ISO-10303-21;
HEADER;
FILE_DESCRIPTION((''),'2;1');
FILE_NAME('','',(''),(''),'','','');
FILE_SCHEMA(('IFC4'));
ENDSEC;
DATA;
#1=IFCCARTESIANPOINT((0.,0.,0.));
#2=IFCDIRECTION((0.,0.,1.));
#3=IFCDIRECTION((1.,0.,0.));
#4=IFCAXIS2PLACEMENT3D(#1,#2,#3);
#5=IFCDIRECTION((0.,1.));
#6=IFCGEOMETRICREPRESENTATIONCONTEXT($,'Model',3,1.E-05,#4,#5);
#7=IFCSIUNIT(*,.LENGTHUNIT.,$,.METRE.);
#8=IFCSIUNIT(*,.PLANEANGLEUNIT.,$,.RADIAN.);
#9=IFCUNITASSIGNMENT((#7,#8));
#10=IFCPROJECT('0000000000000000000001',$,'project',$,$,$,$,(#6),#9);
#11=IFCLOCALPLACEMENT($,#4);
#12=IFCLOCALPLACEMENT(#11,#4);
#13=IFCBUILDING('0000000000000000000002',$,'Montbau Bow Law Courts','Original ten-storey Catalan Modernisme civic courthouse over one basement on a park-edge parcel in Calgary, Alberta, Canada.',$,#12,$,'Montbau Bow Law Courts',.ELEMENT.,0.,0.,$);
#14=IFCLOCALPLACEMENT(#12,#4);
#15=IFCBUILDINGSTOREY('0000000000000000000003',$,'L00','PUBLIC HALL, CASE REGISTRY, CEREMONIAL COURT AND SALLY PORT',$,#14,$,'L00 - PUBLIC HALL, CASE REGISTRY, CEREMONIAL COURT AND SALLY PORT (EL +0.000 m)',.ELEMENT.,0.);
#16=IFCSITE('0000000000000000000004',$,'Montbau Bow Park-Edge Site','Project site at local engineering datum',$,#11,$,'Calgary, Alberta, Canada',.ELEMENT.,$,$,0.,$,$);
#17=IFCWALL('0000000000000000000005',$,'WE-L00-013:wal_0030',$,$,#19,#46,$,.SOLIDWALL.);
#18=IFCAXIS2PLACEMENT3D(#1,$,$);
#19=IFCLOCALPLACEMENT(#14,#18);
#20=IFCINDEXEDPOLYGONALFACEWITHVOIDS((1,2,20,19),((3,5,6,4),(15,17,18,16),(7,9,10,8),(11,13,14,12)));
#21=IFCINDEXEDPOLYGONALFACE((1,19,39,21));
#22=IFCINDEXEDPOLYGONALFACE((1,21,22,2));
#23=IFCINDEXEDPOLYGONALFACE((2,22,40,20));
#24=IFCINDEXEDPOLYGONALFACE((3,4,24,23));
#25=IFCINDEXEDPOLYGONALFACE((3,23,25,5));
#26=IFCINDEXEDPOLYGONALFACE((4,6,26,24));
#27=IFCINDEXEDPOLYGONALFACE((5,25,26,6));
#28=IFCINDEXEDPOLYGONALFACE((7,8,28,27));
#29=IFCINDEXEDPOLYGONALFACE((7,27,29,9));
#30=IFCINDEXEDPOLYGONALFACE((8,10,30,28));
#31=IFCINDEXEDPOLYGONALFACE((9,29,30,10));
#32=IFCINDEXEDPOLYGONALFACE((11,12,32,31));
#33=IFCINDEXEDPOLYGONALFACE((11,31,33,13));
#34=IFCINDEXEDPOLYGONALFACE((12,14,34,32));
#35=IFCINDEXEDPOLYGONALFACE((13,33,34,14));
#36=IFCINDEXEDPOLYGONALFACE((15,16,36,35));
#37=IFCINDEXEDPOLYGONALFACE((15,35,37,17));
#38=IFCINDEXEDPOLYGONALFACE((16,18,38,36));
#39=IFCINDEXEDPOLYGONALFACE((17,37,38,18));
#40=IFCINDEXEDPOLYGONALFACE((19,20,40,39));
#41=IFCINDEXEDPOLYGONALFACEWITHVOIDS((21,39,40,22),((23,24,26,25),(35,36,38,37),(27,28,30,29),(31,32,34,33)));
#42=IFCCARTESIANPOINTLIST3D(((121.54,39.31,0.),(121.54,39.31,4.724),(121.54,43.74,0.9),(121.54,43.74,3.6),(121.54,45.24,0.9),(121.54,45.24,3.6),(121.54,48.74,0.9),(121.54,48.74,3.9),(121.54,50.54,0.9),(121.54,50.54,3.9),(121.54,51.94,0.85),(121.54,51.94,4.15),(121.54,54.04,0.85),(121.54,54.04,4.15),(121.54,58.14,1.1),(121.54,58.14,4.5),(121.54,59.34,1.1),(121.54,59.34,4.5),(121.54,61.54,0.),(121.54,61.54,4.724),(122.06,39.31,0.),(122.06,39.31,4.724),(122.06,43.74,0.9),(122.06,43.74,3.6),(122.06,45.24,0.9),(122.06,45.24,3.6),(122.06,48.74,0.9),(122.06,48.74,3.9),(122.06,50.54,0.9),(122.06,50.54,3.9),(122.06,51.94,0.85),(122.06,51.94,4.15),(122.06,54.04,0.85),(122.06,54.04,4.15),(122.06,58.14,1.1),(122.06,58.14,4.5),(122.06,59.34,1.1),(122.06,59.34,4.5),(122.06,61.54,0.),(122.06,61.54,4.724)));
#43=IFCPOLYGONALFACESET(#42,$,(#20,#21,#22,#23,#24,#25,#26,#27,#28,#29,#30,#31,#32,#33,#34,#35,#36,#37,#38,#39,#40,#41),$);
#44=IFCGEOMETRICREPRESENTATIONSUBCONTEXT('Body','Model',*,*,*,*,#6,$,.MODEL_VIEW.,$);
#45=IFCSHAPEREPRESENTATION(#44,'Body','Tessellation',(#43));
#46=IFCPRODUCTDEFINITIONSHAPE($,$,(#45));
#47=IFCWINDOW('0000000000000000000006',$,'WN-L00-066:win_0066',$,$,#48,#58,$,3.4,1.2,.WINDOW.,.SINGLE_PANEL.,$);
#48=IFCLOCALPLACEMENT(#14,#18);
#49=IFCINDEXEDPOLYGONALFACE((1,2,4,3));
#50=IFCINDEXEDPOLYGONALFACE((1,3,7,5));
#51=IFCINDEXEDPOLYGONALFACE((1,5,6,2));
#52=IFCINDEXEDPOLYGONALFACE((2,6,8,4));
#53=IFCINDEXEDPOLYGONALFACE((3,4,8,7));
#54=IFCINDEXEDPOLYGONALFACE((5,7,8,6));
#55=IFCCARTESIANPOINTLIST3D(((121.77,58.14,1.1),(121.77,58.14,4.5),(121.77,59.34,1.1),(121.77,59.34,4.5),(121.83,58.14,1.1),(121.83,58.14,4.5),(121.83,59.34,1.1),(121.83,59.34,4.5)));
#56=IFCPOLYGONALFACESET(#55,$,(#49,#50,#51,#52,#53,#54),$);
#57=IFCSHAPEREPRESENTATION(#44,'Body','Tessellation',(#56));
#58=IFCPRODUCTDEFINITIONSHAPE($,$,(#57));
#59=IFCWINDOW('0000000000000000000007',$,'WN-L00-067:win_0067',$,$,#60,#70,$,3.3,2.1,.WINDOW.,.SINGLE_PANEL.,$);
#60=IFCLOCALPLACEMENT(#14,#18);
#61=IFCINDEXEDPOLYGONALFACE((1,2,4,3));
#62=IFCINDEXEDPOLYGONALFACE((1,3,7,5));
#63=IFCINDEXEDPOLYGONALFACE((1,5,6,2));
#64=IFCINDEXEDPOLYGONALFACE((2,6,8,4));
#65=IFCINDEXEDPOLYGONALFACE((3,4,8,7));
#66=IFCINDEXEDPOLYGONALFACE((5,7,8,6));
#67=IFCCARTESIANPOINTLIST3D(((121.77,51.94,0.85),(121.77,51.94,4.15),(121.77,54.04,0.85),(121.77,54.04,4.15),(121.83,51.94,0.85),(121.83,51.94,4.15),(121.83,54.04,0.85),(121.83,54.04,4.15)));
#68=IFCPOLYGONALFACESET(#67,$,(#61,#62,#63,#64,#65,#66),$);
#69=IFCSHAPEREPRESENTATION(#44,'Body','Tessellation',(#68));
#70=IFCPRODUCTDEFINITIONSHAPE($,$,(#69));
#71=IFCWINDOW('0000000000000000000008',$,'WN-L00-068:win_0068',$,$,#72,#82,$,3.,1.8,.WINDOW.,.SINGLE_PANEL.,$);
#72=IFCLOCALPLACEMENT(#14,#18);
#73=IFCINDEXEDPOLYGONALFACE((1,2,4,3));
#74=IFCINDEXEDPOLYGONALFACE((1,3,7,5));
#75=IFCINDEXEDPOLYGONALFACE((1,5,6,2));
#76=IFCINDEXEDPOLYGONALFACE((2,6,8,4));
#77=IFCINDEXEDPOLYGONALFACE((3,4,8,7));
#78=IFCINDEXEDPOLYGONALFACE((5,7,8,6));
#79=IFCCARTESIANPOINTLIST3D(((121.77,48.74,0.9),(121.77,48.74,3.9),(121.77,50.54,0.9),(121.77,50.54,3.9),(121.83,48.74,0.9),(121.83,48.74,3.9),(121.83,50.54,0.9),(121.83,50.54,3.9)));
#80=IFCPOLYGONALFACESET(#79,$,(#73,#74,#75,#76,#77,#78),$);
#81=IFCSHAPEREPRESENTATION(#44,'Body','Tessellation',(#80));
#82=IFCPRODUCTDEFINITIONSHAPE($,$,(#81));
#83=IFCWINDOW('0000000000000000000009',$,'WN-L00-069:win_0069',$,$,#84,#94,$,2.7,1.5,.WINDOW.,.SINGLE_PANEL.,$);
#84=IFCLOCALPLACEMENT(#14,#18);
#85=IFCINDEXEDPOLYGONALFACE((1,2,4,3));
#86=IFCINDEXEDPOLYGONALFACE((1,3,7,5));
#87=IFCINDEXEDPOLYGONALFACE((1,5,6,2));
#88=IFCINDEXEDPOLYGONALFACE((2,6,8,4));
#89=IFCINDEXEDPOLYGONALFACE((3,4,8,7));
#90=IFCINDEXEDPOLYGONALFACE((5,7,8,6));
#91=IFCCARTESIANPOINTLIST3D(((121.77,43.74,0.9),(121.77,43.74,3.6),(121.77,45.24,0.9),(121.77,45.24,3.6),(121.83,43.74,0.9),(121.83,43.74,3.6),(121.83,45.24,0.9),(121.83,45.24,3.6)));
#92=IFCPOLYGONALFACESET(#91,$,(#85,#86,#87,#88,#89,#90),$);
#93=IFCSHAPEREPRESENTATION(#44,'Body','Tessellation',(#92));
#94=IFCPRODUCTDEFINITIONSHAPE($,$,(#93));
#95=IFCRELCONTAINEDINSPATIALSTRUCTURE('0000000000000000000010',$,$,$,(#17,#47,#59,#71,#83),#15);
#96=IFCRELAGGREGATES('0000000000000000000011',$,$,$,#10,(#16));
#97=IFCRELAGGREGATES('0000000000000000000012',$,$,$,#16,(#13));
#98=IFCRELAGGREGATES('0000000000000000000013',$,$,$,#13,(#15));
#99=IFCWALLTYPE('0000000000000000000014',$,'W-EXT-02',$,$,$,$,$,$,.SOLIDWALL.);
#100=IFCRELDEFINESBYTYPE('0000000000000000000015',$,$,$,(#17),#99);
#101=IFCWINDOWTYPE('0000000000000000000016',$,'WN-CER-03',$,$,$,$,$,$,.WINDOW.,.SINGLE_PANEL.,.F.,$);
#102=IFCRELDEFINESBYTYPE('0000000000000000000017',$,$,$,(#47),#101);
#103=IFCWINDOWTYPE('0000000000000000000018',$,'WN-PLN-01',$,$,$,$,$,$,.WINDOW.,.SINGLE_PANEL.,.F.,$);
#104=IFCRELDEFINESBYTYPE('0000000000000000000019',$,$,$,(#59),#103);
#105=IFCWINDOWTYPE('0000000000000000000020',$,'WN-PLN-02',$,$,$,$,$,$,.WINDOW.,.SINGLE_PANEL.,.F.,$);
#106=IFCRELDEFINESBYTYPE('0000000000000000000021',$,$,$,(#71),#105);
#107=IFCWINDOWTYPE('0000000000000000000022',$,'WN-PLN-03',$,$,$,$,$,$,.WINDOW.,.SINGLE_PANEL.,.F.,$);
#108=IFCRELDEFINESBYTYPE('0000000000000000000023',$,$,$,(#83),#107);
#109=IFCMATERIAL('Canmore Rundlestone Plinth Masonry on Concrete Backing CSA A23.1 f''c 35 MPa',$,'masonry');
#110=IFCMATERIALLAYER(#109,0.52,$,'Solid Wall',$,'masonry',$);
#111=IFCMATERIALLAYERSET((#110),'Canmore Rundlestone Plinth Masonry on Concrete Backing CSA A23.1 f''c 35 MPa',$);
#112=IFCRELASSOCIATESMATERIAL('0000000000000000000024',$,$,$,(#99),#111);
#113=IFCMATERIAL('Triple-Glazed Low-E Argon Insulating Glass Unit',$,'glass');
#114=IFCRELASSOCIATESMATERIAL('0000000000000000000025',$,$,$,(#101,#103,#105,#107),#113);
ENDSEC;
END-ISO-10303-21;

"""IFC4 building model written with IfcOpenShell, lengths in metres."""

from ifc_helpers import new_model, si_unit, direction, frame, frame_2d, origin_with_axes, place, context, subcontext, project, spatial, rectangle, extrude, material, layer, layer_set, type_object, element, fill, save


model = new_model("IFC4")

# Units and contexts
model_context = context("Model", 3, precision=1e-05, world=origin_with_axes(), true_north=direction((0.0, 1.0)))
body_context = subcontext(model_context, "Body", "Model", "MODEL_VIEW")
ifc_project = project(units=[si_unit("LENGTHUNIT", "METRE"), si_unit("PLANEANGLEUNIT", "RADIAN")], contexts=[model_context])

# Site, building, storey
site_placement = place(None, origin_with_axes())
site = spatial("IfcSite", under=ifc_project, at=site_placement, Name="Montbau Bow Park-Edge Site", Description="Project site at local engineering datum", LongName="Calgary, Alberta, Canada", CompositionType="ELEMENT", RefElevation=0.0)
building_placement = place(site_placement, origin_with_axes())
building = spatial("IfcBuilding", under=site, at=building_placement, Name="Montbau Bow Law Courts", Description="Original ten-storey Catalan Modernisme civic courthouse over one basement on a park-edge parcel in Calgary, Alberta, Canada.", LongName="Montbau Bow Law Courts", CompositionType="ELEMENT", ElevationOfRefHeight=0.0, ElevationOfTerrain=0.0)
storey_placement = place(building_placement, origin_with_axes())
storey = spatial("IfcBuildingStorey", under=building, at=storey_placement, Name="L00", Description="PUBLIC HALL, CASE REGISTRY, CEREMONIAL COURT AND SALLY PORT", LongName="L00 - PUBLIC HALL, CASE REGISTRY, CEREMONIAL COURT AND SALLY PORT (EL +0.000 m)", CompositionType="ELEMENT", Elevation=0.0)

# Wall, openings, windows
ifc_material_1 = material(Name="Canmore Rundlestone Plinth Masonry on Concrete Backing CSA A23.1 f'c 35 MPa", Category="masonry")
ifc_layer_1 = layer(ifc_material_1, 0.52, Name="Solid Wall", Category="masonry")
ifc_layer_set_1 = layer_set([ifc_layer_1], Name="Canmore Rundlestone Plinth Masonry on Concrete Backing CSA A23.1 f'c 35 MPa")
wall_type = type_object("IfcWallType", Name="W-EXT-02", PredefinedType="SOLIDWALL", material=ifc_layer_set_1)
wall_placement = place(None, frame((121.8, 61.54, 0.0), z_axis=(0.0, 0.0, 1.0), x_axis=(0.0, -1.0, 0.0)))
wall = element("IfcWall", 1, at=wall_placement, inside=storey, type_object=wall_type, Name="WE-L00-013:wal_0030", PredefinedType="SOLIDWALL", context=body_context, shape_type="SweptSolid", body=[
    extrude(rectangle(XDim=22.23, YDim=0.52, at=frame_2d((11.115, 0.0), x_axis=(1.0, 0.0))), origin_with_axes(), (0.0, 0.0, 1.0), 4.724),
])
opening_1_placement = place(None, frame((121.8, 58.74, 1.1), z_axis=(0.0, 0.0, 1.0), x_axis=(0.0, -1.0, 0.0)))
opening_1 = element("IfcOpeningElement", 2, at=opening_1_placement, cuts=wall, PredefinedType="OPENING", context=body_context, shape_type="SweptSolid", body=[
    extrude(rectangle(XDim=1.2, YDim=3.4, at=frame_2d((0.0, 1.7), x_axis=(1.0, 0.0))), frame((0.0, 0.27, 0.0), z_axis=(0.0, -1.0, 0.0), x_axis=(1.0, 0.0, 0.0)), (0.0, 0.0, 1.0), 0.54),
])
opening_2_placement = place(None, frame((121.8, 52.99, 0.85), z_axis=(0.0, 0.0, 1.0), x_axis=(0.0, -1.0, 0.0)))
opening_2 = element("IfcOpeningElement", 3, at=opening_2_placement, cuts=wall, PredefinedType="OPENING", context=body_context, shape_type="SweptSolid", body=[
    extrude(rectangle(XDim=2.1, YDim=3.3, at=frame_2d((0.0, 1.65), x_axis=(1.0, 0.0))), frame((0.0, 0.27, 0.0), z_axis=(0.0, -1.0, 0.0), x_axis=(1.0, 0.0, 0.0)), (0.0, 0.0, 1.0), 0.54),
])
opening_3_placement = place(None, frame((121.8, 49.64, 0.9), z_axis=(0.0, 0.0, 1.0), x_axis=(0.0, -1.0, 0.0)))
opening_3 = element("IfcOpeningElement", 4, at=opening_3_placement, cuts=wall, PredefinedType="OPENING", context=body_context, shape_type="SweptSolid", body=[
    extrude(rectangle(XDim=1.8, YDim=3.0, at=frame_2d((0.0, 1.5), x_axis=(1.0, 0.0))), frame((0.0, 0.27, 0.0), z_axis=(0.0, -1.0, 0.0), x_axis=(1.0, 0.0, 0.0)), (0.0, 0.0, 1.0), 0.54),
])
opening_4_placement = place(None, frame((121.8, 44.49, 0.9), z_axis=(0.0, 0.0, 1.0), x_axis=(0.0, -1.0, 0.0)))
opening_4 = element("IfcOpeningElement", 5, at=opening_4_placement, cuts=wall, PredefinedType="OPENING", context=body_context, shape_type="SweptSolid", body=[
    extrude(rectangle(XDim=1.5, YDim=2.7, at=frame_2d((0.0, 1.35), x_axis=(1.0, 0.0))), frame((0.0, 0.27, 0.0), z_axis=(0.0, -1.0, 0.0), x_axis=(1.0, 0.0, 0.0)), (0.0, 0.0, 1.0), 0.54),
])
ifc_material_2 = material(Name="Triple-Glazed Low-E Argon Insulating Glass Unit", Category="glass")
window_type_1 = type_object("IfcWindowType", Name="WN-CER-03", ParameterTakesPrecedence=False, PartitioningType="SINGLE_PANEL", PredefinedType="WINDOW", material=ifc_material_2)
window_1_placement = place(None, frame((121.8, 58.74, 1.1), z_axis=(0.0, 0.0, 1.0), x_axis=(0.0, -1.0, 0.0)))
window_1 = element("IfcWindow", 6, at=window_1_placement, inside=storey, type_object=window_type_1, Name="WN-L00-066:win_0066", OverallHeight=3.4, OverallWidth=1.2, PartitioningType="SINGLE_PANEL", PredefinedType="WINDOW", context=body_context, shape_type="SweptSolid", body=[
    extrude(rectangle(XDim=1.2, YDim=3.4, at=frame_2d((0.0, 1.7), x_axis=(1.0, 0.0))), frame((0.0, 0.03, 0.0), z_axis=(0.0, -1.0, 0.0), x_axis=(1.0, 0.0, 0.0)), (0.0, 0.0, 1.0), 0.06),
])
fill(opening_1, window_1)
window_type_2 = type_object("IfcWindowType", Name="WN-PLN-01", ParameterTakesPrecedence=False, PartitioningType="SINGLE_PANEL", PredefinedType="WINDOW", material=ifc_material_2)
window_2_placement = place(None, frame((121.8, 52.99, 0.85), z_axis=(0.0, 0.0, 1.0), x_axis=(0.0, -1.0, 0.0)))
window_2 = element("IfcWindow", 7, at=window_2_placement, inside=storey, type_object=window_type_2, Name="WN-L00-067:win_0067", OverallHeight=3.3, OverallWidth=2.1, PartitioningType="SINGLE_PANEL", PredefinedType="WINDOW", context=body_context, shape_type="SweptSolid", body=[
    extrude(rectangle(XDim=2.1, YDim=3.3, at=frame_2d((0.0, 1.65), x_axis=(1.0, 0.0))), frame((0.0, 0.03, 0.0), z_axis=(0.0, -1.0, 0.0), x_axis=(1.0, 0.0, 0.0)), (0.0, 0.0, 1.0), 0.06),
])
fill(opening_2, window_2)
window_type_3 = type_object("IfcWindowType", Name="WN-PLN-02", ParameterTakesPrecedence=False, PartitioningType="SINGLE_PANEL", PredefinedType="WINDOW", material=ifc_material_2)
window_3_placement = place(None, frame((121.8, 49.64, 0.9), z_axis=(0.0, 0.0, 1.0), x_axis=(0.0, -1.0, 0.0)))
window_3 = element("IfcWindow", 8, at=window_3_placement, inside=storey, type_object=window_type_3, Name="WN-L00-068:win_0068", OverallHeight=3.0, OverallWidth=1.8, PartitioningType="SINGLE_PANEL", PredefinedType="WINDOW", context=body_context, shape_type="SweptSolid", body=[
    extrude(rectangle(XDim=1.8, YDim=3.0, at=frame_2d((0.0, 1.5), x_axis=(1.0, 0.0))), frame((0.0, 0.03, 0.0), z_axis=(0.0, -1.0, 0.0), x_axis=(1.0, 0.0, 0.0)), (0.0, 0.0, 1.0), 0.06),
])
fill(opening_3, window_3)
window_type_4 = type_object("IfcWindowType", Name="WN-PLN-03", ParameterTakesPrecedence=False, PartitioningType="SINGLE_PANEL", PredefinedType="WINDOW", material=ifc_material_2)
window_4_placement = place(None, frame((121.8, 44.49, 0.9), z_axis=(0.0, 0.0, 1.0), x_axis=(0.0, -1.0, 0.0)))
window_4 = element("IfcWindow", 9, at=window_4_placement, inside=storey, type_object=window_type_4, Name="WN-L00-069:win_0069", OverallHeight=2.7, OverallWidth=1.5, PartitioningType="SINGLE_PANEL", PredefinedType="WINDOW", context=body_context, shape_type="SweptSolid", body=[
    extrude(rectangle(XDim=1.5, YDim=2.7, at=frame_2d((0.0, 1.35), x_axis=(1.0, 0.0))), frame((0.0, 0.03, 0.0), z_axis=(0.0, -1.0, 0.0), x_axis=(1.0, 0.0, 0.0)), (0.0, 0.0, 1.0), 0.06),
])
fill(opening_4, window_4)

save(model, "model.ifc")
